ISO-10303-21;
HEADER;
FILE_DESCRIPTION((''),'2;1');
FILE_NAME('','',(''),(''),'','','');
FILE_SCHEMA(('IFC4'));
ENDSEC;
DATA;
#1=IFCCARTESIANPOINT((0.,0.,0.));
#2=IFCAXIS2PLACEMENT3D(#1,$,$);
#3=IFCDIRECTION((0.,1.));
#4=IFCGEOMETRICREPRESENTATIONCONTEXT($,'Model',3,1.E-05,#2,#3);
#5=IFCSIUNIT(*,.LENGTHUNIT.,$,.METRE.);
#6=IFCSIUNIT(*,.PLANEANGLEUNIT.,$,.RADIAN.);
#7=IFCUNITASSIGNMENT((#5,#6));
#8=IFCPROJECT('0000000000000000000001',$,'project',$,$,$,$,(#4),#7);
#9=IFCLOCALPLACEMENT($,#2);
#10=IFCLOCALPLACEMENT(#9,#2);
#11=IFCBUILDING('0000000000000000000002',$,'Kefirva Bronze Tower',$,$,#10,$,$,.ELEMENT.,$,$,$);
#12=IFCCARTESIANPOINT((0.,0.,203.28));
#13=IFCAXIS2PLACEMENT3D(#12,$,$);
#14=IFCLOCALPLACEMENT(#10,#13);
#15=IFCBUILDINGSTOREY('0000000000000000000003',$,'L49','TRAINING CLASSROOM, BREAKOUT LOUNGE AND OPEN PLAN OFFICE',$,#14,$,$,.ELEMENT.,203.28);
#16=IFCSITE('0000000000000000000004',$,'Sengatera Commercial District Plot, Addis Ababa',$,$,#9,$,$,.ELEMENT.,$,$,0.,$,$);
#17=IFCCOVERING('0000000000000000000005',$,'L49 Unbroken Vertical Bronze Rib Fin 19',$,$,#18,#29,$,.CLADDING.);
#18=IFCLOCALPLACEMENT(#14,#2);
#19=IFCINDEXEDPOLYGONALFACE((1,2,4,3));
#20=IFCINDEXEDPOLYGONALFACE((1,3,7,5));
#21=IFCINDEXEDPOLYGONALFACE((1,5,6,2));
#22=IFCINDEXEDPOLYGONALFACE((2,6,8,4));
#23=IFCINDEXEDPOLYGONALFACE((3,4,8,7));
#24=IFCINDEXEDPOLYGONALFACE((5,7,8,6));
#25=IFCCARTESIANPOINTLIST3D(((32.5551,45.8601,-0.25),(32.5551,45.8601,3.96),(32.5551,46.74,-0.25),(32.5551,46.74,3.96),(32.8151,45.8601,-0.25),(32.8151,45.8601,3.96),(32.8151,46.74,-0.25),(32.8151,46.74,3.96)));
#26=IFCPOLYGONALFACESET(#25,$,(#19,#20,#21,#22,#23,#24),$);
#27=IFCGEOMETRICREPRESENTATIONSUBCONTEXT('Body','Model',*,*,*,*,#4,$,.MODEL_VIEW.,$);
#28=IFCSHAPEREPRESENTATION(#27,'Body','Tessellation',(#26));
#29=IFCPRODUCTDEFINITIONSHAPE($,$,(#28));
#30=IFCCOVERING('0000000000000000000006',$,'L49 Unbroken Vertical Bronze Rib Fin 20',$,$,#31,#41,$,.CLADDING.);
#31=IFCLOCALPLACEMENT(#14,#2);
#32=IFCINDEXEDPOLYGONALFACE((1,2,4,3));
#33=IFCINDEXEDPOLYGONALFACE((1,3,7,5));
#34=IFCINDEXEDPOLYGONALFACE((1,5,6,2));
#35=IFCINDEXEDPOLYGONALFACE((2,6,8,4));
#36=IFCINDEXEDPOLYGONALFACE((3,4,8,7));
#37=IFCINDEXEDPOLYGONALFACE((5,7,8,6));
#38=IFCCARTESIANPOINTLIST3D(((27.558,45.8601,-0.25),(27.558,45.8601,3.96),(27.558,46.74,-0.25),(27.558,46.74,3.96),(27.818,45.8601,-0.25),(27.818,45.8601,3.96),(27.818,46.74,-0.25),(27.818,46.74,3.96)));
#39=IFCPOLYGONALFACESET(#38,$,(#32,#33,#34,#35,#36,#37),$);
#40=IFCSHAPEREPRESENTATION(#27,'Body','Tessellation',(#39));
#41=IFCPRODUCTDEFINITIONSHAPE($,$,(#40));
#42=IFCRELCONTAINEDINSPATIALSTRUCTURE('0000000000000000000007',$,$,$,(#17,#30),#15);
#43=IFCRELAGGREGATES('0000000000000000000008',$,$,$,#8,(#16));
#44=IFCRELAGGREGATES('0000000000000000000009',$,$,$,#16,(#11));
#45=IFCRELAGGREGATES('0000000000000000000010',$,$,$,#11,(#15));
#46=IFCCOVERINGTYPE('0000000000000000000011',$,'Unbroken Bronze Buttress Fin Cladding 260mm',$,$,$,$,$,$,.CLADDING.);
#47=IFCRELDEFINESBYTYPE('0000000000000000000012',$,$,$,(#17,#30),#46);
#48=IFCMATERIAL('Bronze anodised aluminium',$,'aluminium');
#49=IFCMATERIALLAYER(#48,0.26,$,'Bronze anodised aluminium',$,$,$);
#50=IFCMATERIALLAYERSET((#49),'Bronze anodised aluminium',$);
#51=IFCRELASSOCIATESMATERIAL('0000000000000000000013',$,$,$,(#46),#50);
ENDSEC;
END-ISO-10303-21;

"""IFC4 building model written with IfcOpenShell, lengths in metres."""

from ifc_helpers import new_model, si_unit, direction, frame, origin, origin_2d, place, context, subcontext, project, spatial, rectangle, extrude, material, layer, layer_set, type_object, element, save


model = new_model("IFC4")

# Units and contexts
model_context = context("Model", 3, precision=1e-05, world=origin(), true_north=direction((0.0, 1.0)))
body_context = subcontext(model_context, "Body", "Model", "MODEL_VIEW")
ifc_project = project(units=[si_unit("LENGTHUNIT", "METRE"), si_unit("PLANEANGLEUNIT", "RADIAN")], contexts=[model_context])

# Site, building, storey
site_placement = place(None, origin())
site = spatial("IfcSite", under=ifc_project, at=site_placement, Name="Sengatera Commercial District Plot, Addis Ababa", CompositionType="ELEMENT", RefElevation=0.0)
building_placement = place(site_placement, origin())
building = spatial("IfcBuilding", under=site, at=building_placement, Name="Kefirva Bronze Tower", CompositionType="ELEMENT")
storey_placement = place(building_placement, frame((0.0, 0.0, 203.28)))
storey = spatial("IfcBuildingStorey", under=building, at=storey_placement, Name="L49", Description="TRAINING CLASSROOM, BREAKOUT LOUNGE AND OPEN PLAN OFFICE", CompositionType="ELEMENT", Elevation=203.28)

# Shared definitions
ifc_material_1 = material(Name="Bronze anodised aluminium", Category="aluminium")

# Coverings
ifc_layer_1 = layer(ifc_material_1, 0.26, Name="Bronze anodised aluminium")
ifc_layer_set_1 = layer_set([ifc_layer_1], Name="Bronze anodised aluminium")
covering_type_1 = type_object("IfcCoveringType", Name="Unbroken Bronze Buttress Fin Cladding 260mm", PredefinedType="CLADDING", material=ifc_layer_set_1)
for number, where, z_axis, x_axis, name in (
    (1, (32.6851, 46.3, -0.25), (0.0, 0.0, 1.0), (-1.0, 0.0, 0.0), "L49 Unbroken Vertical Bronze Rib Fin 19"),
    (2, (27.688, 46.3, -0.25), (0.0, 0.0, 1.0), (-1.0, 0.0, 0.0), "L49 Unbroken Vertical Bronze Rib Fin 20"),
):
    element("IfcCovering", number, at=place(storey_placement, frame(where, z_axis=z_axis, x_axis=x_axis)), inside=storey, type_object=covering_type_1, Name=name, PredefinedType="CLADDING", context=body_context, shape_type="SweptSolid", body=[
        extrude(rectangle(XDim=0.26, YDim=0.8799, at=origin_2d()), origin(), (0.0, 0.0, 1.0), 4.21),
    ])

save(model, "model.ifc")
